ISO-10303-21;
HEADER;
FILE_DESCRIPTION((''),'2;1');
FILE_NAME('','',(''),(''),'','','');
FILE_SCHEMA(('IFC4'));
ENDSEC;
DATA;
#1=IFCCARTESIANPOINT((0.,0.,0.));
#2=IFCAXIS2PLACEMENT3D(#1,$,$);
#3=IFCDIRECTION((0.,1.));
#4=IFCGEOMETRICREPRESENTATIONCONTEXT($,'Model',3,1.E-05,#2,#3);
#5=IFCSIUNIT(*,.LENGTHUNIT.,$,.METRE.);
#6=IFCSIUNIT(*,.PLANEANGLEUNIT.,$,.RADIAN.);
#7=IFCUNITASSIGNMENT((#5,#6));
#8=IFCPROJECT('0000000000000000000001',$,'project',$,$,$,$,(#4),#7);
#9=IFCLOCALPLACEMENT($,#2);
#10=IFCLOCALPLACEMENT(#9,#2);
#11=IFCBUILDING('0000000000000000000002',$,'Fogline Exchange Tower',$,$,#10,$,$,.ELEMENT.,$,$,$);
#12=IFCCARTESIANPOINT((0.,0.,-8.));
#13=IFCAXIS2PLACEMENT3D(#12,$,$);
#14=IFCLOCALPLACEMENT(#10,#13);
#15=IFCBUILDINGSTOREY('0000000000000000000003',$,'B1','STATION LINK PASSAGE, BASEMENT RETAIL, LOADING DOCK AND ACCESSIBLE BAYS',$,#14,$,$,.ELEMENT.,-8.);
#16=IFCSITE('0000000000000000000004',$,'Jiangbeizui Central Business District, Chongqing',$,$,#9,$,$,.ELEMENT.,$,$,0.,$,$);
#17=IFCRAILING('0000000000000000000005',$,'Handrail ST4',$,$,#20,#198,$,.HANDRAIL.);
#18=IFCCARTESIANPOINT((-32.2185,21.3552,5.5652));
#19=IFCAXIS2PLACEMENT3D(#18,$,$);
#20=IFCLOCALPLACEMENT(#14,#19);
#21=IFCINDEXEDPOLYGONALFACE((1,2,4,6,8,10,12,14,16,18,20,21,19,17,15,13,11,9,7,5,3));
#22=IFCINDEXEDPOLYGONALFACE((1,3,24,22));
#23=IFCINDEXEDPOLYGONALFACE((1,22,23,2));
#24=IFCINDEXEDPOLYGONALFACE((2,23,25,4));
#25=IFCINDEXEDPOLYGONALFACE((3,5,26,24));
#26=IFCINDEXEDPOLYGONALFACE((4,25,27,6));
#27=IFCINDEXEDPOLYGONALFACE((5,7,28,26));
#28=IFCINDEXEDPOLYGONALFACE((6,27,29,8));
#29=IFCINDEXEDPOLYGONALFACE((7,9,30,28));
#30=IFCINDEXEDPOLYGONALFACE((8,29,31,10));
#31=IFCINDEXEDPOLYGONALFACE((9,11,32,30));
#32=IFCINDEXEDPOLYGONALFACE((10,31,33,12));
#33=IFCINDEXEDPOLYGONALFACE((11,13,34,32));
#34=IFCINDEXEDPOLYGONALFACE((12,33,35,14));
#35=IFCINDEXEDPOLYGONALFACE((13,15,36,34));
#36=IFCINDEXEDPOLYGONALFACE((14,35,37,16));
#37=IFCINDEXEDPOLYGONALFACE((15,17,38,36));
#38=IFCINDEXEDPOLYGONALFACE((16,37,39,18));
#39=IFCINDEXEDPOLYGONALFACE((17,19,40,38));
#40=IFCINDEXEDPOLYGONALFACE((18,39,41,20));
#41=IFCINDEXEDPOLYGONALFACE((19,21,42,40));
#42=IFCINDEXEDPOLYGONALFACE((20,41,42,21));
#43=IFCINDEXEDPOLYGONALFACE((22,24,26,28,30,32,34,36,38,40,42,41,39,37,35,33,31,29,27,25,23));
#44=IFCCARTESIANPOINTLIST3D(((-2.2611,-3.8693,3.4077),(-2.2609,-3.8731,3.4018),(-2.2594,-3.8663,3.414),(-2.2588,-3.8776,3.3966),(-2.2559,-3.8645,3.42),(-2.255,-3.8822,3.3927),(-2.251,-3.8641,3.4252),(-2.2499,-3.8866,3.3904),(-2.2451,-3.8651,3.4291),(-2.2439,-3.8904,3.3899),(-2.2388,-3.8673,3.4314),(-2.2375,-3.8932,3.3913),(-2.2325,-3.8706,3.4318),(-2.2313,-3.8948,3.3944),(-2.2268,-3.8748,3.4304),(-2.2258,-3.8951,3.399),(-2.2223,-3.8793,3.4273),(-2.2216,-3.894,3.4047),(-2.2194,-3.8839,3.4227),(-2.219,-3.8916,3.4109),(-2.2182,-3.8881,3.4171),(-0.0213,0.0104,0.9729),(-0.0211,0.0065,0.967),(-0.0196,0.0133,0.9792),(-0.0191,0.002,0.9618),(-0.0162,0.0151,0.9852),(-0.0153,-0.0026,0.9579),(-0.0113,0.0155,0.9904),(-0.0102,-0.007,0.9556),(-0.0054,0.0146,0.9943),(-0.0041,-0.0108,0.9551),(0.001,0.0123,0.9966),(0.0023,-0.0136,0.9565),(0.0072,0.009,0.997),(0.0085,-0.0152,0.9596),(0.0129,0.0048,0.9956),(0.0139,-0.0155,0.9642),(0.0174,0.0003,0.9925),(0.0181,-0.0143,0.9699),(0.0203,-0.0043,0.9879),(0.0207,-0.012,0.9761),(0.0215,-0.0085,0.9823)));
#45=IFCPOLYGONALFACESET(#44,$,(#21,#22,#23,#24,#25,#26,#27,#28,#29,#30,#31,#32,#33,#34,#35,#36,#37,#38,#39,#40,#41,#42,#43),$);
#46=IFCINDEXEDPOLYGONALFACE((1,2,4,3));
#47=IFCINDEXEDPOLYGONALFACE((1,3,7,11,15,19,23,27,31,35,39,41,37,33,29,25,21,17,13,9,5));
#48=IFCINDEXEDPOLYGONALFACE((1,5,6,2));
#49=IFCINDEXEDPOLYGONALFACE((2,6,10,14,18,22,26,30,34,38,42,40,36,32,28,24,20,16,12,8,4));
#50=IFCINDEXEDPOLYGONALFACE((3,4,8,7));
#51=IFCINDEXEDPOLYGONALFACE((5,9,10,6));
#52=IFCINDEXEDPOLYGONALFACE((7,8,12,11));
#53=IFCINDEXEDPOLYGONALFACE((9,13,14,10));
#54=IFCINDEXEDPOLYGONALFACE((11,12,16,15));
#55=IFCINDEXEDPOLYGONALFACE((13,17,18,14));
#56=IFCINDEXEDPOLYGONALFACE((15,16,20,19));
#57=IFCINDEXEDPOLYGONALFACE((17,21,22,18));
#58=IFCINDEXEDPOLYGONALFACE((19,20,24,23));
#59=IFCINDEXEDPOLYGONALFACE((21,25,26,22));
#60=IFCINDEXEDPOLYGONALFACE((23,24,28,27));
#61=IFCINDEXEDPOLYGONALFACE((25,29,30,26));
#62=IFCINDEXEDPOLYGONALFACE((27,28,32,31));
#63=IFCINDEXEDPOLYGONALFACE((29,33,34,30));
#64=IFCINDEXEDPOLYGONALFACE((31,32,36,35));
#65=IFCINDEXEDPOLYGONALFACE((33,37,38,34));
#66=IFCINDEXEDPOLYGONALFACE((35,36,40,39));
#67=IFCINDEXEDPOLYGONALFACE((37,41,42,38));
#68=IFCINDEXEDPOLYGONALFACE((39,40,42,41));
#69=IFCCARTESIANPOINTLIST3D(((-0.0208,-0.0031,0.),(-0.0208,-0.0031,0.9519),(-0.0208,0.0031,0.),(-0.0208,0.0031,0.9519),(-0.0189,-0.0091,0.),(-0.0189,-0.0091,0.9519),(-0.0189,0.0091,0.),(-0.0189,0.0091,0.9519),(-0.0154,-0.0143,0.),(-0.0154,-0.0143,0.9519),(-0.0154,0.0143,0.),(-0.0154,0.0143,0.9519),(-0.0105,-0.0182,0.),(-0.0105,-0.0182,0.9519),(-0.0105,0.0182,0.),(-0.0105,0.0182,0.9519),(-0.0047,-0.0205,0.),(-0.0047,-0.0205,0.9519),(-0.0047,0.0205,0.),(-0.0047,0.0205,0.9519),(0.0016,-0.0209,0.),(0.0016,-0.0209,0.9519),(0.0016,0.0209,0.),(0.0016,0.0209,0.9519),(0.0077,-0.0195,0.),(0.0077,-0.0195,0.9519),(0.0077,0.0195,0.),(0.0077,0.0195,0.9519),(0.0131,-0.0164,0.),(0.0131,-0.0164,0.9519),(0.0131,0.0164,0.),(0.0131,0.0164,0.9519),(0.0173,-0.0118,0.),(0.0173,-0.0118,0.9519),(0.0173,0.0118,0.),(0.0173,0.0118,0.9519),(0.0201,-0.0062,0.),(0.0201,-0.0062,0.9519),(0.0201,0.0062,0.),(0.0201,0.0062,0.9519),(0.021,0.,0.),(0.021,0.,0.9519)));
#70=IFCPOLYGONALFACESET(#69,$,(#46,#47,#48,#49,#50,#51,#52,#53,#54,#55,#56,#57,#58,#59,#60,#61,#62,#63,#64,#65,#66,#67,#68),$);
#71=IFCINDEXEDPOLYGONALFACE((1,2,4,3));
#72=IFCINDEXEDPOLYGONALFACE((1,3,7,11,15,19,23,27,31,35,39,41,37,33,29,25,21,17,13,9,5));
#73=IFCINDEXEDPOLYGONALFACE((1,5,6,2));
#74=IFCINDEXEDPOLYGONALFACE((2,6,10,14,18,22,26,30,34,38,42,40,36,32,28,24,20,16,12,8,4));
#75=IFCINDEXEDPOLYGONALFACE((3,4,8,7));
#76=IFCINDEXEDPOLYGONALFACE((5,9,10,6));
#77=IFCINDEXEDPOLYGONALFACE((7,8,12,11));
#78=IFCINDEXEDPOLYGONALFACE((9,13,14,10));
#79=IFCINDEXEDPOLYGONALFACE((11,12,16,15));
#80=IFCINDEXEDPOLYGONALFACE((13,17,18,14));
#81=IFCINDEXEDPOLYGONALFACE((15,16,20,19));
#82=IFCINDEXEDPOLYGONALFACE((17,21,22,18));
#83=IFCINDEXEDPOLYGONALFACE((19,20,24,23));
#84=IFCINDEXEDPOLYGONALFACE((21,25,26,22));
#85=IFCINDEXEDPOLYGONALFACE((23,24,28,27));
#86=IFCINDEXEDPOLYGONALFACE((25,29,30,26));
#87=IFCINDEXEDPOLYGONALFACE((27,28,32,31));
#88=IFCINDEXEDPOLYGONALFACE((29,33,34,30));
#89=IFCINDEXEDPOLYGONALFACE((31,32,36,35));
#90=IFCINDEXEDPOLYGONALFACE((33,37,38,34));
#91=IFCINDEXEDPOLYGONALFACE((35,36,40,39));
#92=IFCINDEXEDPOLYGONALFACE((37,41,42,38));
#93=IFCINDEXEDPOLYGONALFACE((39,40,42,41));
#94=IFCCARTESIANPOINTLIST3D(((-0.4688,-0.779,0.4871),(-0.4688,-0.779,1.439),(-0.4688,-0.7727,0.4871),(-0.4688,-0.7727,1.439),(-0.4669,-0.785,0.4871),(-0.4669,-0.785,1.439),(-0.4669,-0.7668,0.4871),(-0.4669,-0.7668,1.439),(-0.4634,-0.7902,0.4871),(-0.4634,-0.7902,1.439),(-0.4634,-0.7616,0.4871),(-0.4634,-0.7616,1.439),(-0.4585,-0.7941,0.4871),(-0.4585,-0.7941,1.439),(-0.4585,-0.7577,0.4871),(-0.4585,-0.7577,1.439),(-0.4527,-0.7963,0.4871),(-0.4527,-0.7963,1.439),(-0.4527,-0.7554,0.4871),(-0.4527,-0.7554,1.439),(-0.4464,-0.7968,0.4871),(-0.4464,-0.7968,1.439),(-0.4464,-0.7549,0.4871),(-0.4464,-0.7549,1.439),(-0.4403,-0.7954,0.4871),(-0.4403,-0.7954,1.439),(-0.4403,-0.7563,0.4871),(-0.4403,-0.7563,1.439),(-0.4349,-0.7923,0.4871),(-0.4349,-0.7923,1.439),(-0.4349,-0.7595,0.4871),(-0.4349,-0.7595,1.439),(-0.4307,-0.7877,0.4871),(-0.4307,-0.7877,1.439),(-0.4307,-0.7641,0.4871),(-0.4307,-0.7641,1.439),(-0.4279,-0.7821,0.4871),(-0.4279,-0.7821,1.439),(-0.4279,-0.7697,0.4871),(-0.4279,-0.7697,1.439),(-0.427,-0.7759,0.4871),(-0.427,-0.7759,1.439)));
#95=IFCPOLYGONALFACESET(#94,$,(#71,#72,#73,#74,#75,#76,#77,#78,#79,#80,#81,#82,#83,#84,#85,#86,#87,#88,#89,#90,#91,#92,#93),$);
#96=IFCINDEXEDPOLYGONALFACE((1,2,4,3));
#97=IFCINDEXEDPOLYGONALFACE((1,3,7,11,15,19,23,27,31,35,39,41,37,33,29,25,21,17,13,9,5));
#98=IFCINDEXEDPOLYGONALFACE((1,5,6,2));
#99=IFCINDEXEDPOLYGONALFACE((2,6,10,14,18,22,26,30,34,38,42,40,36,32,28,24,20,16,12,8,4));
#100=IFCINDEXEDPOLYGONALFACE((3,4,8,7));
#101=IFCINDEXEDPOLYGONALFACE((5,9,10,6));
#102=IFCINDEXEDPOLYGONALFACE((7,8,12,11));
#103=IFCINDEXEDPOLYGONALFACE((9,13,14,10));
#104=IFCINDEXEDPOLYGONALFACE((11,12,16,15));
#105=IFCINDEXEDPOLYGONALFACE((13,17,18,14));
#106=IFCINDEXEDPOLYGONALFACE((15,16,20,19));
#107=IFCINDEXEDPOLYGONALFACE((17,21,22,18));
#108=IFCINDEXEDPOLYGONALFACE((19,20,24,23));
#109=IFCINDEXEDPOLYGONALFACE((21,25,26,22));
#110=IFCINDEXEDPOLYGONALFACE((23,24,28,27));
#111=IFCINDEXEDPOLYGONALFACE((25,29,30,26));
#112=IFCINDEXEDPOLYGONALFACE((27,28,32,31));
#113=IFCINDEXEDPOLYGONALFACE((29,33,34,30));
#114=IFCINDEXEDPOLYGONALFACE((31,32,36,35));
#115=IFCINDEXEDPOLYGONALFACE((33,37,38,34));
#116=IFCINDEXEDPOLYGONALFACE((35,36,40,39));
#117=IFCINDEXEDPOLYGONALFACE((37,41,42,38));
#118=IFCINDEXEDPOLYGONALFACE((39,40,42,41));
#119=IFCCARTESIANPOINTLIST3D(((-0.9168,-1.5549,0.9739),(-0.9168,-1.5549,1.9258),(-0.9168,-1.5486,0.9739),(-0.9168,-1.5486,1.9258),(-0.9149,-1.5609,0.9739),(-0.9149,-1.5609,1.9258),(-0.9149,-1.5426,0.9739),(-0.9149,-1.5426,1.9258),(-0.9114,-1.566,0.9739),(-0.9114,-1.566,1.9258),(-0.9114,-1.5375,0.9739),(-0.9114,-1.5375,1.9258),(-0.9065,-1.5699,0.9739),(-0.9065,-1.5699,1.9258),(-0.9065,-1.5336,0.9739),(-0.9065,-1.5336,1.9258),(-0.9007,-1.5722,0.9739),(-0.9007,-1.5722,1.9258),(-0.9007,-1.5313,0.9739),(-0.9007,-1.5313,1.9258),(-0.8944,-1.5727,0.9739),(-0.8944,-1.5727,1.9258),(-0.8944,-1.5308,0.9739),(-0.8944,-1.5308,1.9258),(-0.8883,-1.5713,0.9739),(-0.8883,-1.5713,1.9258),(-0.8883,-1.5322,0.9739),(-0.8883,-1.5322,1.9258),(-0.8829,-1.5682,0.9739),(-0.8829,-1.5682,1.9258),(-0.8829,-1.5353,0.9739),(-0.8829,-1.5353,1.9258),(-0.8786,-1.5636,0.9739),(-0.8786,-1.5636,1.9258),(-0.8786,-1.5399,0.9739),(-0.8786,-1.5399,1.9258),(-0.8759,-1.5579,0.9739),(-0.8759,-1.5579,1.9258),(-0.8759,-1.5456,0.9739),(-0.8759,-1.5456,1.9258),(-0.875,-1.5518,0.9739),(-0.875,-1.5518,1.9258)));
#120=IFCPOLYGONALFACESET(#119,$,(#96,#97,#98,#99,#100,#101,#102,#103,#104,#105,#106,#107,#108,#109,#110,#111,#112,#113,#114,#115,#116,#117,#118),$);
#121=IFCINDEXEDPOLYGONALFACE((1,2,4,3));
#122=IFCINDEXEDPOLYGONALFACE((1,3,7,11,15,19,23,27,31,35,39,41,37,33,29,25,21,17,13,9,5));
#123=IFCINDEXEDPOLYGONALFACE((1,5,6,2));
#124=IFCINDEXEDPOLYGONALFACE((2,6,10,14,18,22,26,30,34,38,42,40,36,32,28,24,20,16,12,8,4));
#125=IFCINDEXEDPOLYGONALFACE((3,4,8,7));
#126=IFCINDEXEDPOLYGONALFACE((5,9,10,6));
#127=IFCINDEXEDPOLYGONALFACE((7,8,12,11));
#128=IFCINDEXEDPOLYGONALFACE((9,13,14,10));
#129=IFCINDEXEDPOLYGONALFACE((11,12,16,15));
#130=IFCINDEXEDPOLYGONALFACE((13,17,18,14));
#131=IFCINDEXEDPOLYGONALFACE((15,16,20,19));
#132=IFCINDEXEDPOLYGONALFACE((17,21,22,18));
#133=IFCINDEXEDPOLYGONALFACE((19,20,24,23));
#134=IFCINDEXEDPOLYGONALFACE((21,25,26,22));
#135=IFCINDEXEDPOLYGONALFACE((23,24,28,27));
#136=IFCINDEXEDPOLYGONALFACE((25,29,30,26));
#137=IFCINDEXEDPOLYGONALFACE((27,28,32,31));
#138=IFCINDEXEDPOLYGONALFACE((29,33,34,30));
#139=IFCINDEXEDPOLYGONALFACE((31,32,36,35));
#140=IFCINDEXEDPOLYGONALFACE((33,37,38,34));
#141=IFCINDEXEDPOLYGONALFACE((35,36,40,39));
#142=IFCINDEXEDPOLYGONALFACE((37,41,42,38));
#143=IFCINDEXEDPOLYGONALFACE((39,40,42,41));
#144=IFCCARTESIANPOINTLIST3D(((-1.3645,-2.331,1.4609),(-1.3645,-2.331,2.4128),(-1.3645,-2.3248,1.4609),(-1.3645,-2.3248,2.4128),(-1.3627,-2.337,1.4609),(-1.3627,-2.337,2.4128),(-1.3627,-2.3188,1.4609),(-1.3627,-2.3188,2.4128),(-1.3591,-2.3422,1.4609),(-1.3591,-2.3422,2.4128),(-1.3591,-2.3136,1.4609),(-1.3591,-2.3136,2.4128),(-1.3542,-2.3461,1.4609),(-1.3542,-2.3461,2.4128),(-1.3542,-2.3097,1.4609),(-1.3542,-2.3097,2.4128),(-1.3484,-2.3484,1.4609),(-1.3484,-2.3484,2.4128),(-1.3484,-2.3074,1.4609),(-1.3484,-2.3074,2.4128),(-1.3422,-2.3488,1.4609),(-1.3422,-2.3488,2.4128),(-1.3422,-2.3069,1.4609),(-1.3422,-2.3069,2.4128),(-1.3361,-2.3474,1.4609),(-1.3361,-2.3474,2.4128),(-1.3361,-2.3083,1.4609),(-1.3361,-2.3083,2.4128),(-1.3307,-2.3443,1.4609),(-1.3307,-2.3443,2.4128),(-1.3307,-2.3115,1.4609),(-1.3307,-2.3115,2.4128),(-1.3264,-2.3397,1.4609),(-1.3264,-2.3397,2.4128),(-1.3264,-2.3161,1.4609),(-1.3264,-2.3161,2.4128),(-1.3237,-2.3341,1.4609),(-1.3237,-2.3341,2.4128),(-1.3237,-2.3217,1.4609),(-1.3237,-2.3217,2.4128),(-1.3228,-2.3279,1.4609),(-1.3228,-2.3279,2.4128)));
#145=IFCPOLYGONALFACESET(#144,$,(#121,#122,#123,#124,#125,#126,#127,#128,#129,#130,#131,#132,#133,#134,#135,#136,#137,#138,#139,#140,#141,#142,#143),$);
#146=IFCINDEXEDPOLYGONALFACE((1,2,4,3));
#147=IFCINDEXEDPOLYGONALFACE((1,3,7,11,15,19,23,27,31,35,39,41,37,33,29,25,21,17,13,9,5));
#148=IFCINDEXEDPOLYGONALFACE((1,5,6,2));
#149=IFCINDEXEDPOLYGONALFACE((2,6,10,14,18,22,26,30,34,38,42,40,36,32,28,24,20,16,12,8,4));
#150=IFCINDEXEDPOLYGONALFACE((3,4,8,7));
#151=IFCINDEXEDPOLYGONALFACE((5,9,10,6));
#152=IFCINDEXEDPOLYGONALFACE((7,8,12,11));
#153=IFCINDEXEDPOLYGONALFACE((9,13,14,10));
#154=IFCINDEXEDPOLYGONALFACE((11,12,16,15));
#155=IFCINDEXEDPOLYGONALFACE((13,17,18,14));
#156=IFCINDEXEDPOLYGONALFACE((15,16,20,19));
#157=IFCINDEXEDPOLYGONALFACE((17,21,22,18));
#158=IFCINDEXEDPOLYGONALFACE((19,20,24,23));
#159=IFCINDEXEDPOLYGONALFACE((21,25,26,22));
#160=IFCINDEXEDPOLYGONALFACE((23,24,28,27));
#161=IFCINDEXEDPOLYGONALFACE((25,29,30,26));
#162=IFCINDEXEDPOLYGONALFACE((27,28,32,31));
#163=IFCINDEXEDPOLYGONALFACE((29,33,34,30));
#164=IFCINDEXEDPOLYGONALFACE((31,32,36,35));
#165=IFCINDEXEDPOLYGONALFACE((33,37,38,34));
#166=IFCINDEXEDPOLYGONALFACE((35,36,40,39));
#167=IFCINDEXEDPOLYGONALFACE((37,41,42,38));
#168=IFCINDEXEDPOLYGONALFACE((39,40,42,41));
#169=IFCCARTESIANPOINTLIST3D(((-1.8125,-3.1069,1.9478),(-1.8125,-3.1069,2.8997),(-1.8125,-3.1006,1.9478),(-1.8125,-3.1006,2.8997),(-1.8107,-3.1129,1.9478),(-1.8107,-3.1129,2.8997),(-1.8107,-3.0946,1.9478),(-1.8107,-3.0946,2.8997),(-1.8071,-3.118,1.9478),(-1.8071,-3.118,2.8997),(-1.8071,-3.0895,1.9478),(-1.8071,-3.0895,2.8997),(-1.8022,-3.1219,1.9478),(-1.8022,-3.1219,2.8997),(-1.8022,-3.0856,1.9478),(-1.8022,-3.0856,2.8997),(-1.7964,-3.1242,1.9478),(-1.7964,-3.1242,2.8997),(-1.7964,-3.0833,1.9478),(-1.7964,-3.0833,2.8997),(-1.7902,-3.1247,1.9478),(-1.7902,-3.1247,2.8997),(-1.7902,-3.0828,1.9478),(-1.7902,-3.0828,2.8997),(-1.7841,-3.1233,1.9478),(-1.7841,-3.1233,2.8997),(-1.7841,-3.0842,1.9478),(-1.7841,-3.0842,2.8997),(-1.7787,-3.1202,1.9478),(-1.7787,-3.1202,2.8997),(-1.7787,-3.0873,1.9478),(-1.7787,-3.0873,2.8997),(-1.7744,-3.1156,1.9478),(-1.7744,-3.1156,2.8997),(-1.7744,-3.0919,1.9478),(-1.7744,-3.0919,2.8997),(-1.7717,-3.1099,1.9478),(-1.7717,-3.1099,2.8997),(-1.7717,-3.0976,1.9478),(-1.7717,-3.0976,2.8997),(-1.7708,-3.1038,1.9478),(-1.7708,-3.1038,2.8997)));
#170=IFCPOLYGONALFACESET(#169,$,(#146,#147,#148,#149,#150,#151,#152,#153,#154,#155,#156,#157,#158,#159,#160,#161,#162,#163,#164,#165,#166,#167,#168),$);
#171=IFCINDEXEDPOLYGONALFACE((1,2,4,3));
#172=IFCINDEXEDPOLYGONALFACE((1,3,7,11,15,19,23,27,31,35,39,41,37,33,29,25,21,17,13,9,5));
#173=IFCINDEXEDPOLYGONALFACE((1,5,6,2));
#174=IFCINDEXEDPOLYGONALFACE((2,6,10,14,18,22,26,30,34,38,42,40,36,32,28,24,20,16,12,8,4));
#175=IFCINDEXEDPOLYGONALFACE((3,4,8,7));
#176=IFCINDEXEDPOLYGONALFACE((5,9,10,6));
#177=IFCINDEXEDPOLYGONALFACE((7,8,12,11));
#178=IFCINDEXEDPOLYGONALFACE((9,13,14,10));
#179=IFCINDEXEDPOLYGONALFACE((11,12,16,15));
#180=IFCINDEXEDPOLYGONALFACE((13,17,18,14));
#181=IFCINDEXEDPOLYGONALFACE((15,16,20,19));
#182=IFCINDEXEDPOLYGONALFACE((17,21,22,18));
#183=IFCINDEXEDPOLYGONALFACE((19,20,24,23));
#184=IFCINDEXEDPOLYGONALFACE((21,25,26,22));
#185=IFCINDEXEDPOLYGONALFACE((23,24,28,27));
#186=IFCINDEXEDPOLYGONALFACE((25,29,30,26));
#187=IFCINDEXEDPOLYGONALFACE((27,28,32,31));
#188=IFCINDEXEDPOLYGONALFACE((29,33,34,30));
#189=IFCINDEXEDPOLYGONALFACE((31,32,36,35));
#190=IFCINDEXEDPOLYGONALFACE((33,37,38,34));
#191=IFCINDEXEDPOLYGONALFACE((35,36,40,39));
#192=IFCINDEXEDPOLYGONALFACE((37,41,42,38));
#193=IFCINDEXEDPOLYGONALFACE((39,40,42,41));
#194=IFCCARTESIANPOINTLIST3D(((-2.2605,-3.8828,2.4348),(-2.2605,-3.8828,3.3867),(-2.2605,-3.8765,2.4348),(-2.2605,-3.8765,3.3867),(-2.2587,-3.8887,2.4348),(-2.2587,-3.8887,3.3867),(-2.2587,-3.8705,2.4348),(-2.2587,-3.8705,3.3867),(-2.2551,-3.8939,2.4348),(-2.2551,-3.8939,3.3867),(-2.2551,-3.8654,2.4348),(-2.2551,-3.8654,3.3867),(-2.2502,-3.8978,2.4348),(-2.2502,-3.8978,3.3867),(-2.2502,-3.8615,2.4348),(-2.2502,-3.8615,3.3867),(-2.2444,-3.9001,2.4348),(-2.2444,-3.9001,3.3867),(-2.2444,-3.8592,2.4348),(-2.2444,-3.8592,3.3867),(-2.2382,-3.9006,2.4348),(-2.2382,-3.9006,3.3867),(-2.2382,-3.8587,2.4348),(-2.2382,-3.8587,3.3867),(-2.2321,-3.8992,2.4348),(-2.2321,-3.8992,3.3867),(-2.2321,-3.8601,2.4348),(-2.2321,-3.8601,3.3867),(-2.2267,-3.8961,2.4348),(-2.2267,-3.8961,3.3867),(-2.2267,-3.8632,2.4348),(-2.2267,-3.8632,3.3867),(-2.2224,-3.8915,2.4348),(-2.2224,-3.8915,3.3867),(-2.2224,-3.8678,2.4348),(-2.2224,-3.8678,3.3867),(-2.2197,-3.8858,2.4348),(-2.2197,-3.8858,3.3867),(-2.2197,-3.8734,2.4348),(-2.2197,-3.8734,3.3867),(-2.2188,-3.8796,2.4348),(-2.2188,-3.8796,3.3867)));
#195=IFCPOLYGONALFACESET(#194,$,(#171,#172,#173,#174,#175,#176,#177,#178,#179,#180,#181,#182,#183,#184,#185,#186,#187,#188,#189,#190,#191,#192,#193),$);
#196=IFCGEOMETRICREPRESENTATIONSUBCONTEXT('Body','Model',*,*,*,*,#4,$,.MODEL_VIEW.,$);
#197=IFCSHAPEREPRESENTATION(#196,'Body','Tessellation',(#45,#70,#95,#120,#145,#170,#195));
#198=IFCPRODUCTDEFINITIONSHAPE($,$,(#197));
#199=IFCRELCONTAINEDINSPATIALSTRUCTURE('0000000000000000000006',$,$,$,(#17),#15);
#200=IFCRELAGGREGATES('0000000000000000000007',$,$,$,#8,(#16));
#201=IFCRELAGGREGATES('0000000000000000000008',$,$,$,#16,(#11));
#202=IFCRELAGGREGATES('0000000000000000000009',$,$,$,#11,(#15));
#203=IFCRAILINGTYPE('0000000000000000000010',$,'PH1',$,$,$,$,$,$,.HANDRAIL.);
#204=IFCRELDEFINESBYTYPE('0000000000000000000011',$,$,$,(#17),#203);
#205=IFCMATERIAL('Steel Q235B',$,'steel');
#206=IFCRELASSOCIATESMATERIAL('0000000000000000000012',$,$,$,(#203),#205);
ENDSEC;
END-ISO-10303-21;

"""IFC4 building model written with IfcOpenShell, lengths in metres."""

from ifc_helpers import new_model, si_unit, direction, frame, origin, origin_2d, place, context, subcontext, project, spatial, circle, extrude, material, type_object, element, save


model = new_model("IFC4")

# Units and contexts
model_context = context("Model", 3, precision=1e-05, world=origin(), true_north=direction((0.0, 1.0)))
body_context = subcontext(model_context, "Body", "Model", "MODEL_VIEW")
ifc_project = project(units=[si_unit("LENGTHUNIT", "METRE"), si_unit("PLANEANGLEUNIT", "RADIAN")], contexts=[model_context])

# Site, building, storey
site_placement = place(None, origin())
site = spatial("IfcSite", under=ifc_project, at=site_placement, Name="Jiangbeizui Central Business District, Chongqing", CompositionType="ELEMENT", RefElevation=0.0)
building_placement = place(site_placement, origin())
building = spatial("IfcBuilding", under=site, at=building_placement, Name="Fogline Exchange Tower", CompositionType="ELEMENT")
storey_placement = place(building_placement, frame((0.0, 0.0, -8.0)))
storey = spatial("IfcBuildingStorey", under=building, at=storey_placement, Name="B1", Description="STATION LINK PASSAGE, BASEMENT RETAIL, LOADING DOCK AND ACCESSIBLE BAYS", CompositionType="ELEMENT", Elevation=-8.0)

# Shared definitions
ifc_material_1 = material(Name="Steel Q235B", Category="steel")

# Railing
railing_type_1 = type_object("IfcRailingType", Name="PH1", PredefinedType="HANDRAIL", material=ifc_material_1)
railing_1_placement = place(storey_placement, frame((-32.2185, 21.3552, 5.5652)))
element("IfcRailing", 1, at=railing_1_placement, inside=storey, type_object=railing_type_1, Name="Handrail ST4", PredefinedType="HANDRAIL", context=body_context, shape_type="SweptSolid", body=[
    extrude(circle(Radius=0.0239, at=origin_2d()), frame((0.0, 0.0, 0.9761), z_axis=(-0.439281, -0.760913, 0.47754), x_axis=(0.866041, -0.499972, 0.0)), (0.0, 0.0, 1.0), 5.0986),
    extrude(circle(Radius=0.021, at=origin_2d()), origin(), (0.0, 0.0, 1.0), 0.9519),
    extrude(circle(Radius=0.021, at=origin_2d()), frame((-0.448, -0.7759, 0.4871)), (0.0, 0.0, 1.0), 0.9519),
    extrude(circle(Radius=0.021, at=origin_2d()), frame((-0.896, -1.5518, 0.9739)), (0.0, 0.0, 1.0), 0.9519),
    extrude(circle(Radius=0.021, at=origin_2d()), frame((-1.3438, -2.3279, 1.4609)), (0.0, 0.0, 1.0), 0.9519),
    extrude(circle(Radius=0.021, at=origin_2d()), frame((-1.7917, -3.1038, 1.9478)), (0.0, 0.0, 1.0), 0.9519),
    extrude(circle(Radius=0.021, at=origin_2d()), frame((-2.2397, -3.8796, 2.4348)), (0.0, 0.0, 1.0), 0.9519),
])

save(model, "model.ifc")
